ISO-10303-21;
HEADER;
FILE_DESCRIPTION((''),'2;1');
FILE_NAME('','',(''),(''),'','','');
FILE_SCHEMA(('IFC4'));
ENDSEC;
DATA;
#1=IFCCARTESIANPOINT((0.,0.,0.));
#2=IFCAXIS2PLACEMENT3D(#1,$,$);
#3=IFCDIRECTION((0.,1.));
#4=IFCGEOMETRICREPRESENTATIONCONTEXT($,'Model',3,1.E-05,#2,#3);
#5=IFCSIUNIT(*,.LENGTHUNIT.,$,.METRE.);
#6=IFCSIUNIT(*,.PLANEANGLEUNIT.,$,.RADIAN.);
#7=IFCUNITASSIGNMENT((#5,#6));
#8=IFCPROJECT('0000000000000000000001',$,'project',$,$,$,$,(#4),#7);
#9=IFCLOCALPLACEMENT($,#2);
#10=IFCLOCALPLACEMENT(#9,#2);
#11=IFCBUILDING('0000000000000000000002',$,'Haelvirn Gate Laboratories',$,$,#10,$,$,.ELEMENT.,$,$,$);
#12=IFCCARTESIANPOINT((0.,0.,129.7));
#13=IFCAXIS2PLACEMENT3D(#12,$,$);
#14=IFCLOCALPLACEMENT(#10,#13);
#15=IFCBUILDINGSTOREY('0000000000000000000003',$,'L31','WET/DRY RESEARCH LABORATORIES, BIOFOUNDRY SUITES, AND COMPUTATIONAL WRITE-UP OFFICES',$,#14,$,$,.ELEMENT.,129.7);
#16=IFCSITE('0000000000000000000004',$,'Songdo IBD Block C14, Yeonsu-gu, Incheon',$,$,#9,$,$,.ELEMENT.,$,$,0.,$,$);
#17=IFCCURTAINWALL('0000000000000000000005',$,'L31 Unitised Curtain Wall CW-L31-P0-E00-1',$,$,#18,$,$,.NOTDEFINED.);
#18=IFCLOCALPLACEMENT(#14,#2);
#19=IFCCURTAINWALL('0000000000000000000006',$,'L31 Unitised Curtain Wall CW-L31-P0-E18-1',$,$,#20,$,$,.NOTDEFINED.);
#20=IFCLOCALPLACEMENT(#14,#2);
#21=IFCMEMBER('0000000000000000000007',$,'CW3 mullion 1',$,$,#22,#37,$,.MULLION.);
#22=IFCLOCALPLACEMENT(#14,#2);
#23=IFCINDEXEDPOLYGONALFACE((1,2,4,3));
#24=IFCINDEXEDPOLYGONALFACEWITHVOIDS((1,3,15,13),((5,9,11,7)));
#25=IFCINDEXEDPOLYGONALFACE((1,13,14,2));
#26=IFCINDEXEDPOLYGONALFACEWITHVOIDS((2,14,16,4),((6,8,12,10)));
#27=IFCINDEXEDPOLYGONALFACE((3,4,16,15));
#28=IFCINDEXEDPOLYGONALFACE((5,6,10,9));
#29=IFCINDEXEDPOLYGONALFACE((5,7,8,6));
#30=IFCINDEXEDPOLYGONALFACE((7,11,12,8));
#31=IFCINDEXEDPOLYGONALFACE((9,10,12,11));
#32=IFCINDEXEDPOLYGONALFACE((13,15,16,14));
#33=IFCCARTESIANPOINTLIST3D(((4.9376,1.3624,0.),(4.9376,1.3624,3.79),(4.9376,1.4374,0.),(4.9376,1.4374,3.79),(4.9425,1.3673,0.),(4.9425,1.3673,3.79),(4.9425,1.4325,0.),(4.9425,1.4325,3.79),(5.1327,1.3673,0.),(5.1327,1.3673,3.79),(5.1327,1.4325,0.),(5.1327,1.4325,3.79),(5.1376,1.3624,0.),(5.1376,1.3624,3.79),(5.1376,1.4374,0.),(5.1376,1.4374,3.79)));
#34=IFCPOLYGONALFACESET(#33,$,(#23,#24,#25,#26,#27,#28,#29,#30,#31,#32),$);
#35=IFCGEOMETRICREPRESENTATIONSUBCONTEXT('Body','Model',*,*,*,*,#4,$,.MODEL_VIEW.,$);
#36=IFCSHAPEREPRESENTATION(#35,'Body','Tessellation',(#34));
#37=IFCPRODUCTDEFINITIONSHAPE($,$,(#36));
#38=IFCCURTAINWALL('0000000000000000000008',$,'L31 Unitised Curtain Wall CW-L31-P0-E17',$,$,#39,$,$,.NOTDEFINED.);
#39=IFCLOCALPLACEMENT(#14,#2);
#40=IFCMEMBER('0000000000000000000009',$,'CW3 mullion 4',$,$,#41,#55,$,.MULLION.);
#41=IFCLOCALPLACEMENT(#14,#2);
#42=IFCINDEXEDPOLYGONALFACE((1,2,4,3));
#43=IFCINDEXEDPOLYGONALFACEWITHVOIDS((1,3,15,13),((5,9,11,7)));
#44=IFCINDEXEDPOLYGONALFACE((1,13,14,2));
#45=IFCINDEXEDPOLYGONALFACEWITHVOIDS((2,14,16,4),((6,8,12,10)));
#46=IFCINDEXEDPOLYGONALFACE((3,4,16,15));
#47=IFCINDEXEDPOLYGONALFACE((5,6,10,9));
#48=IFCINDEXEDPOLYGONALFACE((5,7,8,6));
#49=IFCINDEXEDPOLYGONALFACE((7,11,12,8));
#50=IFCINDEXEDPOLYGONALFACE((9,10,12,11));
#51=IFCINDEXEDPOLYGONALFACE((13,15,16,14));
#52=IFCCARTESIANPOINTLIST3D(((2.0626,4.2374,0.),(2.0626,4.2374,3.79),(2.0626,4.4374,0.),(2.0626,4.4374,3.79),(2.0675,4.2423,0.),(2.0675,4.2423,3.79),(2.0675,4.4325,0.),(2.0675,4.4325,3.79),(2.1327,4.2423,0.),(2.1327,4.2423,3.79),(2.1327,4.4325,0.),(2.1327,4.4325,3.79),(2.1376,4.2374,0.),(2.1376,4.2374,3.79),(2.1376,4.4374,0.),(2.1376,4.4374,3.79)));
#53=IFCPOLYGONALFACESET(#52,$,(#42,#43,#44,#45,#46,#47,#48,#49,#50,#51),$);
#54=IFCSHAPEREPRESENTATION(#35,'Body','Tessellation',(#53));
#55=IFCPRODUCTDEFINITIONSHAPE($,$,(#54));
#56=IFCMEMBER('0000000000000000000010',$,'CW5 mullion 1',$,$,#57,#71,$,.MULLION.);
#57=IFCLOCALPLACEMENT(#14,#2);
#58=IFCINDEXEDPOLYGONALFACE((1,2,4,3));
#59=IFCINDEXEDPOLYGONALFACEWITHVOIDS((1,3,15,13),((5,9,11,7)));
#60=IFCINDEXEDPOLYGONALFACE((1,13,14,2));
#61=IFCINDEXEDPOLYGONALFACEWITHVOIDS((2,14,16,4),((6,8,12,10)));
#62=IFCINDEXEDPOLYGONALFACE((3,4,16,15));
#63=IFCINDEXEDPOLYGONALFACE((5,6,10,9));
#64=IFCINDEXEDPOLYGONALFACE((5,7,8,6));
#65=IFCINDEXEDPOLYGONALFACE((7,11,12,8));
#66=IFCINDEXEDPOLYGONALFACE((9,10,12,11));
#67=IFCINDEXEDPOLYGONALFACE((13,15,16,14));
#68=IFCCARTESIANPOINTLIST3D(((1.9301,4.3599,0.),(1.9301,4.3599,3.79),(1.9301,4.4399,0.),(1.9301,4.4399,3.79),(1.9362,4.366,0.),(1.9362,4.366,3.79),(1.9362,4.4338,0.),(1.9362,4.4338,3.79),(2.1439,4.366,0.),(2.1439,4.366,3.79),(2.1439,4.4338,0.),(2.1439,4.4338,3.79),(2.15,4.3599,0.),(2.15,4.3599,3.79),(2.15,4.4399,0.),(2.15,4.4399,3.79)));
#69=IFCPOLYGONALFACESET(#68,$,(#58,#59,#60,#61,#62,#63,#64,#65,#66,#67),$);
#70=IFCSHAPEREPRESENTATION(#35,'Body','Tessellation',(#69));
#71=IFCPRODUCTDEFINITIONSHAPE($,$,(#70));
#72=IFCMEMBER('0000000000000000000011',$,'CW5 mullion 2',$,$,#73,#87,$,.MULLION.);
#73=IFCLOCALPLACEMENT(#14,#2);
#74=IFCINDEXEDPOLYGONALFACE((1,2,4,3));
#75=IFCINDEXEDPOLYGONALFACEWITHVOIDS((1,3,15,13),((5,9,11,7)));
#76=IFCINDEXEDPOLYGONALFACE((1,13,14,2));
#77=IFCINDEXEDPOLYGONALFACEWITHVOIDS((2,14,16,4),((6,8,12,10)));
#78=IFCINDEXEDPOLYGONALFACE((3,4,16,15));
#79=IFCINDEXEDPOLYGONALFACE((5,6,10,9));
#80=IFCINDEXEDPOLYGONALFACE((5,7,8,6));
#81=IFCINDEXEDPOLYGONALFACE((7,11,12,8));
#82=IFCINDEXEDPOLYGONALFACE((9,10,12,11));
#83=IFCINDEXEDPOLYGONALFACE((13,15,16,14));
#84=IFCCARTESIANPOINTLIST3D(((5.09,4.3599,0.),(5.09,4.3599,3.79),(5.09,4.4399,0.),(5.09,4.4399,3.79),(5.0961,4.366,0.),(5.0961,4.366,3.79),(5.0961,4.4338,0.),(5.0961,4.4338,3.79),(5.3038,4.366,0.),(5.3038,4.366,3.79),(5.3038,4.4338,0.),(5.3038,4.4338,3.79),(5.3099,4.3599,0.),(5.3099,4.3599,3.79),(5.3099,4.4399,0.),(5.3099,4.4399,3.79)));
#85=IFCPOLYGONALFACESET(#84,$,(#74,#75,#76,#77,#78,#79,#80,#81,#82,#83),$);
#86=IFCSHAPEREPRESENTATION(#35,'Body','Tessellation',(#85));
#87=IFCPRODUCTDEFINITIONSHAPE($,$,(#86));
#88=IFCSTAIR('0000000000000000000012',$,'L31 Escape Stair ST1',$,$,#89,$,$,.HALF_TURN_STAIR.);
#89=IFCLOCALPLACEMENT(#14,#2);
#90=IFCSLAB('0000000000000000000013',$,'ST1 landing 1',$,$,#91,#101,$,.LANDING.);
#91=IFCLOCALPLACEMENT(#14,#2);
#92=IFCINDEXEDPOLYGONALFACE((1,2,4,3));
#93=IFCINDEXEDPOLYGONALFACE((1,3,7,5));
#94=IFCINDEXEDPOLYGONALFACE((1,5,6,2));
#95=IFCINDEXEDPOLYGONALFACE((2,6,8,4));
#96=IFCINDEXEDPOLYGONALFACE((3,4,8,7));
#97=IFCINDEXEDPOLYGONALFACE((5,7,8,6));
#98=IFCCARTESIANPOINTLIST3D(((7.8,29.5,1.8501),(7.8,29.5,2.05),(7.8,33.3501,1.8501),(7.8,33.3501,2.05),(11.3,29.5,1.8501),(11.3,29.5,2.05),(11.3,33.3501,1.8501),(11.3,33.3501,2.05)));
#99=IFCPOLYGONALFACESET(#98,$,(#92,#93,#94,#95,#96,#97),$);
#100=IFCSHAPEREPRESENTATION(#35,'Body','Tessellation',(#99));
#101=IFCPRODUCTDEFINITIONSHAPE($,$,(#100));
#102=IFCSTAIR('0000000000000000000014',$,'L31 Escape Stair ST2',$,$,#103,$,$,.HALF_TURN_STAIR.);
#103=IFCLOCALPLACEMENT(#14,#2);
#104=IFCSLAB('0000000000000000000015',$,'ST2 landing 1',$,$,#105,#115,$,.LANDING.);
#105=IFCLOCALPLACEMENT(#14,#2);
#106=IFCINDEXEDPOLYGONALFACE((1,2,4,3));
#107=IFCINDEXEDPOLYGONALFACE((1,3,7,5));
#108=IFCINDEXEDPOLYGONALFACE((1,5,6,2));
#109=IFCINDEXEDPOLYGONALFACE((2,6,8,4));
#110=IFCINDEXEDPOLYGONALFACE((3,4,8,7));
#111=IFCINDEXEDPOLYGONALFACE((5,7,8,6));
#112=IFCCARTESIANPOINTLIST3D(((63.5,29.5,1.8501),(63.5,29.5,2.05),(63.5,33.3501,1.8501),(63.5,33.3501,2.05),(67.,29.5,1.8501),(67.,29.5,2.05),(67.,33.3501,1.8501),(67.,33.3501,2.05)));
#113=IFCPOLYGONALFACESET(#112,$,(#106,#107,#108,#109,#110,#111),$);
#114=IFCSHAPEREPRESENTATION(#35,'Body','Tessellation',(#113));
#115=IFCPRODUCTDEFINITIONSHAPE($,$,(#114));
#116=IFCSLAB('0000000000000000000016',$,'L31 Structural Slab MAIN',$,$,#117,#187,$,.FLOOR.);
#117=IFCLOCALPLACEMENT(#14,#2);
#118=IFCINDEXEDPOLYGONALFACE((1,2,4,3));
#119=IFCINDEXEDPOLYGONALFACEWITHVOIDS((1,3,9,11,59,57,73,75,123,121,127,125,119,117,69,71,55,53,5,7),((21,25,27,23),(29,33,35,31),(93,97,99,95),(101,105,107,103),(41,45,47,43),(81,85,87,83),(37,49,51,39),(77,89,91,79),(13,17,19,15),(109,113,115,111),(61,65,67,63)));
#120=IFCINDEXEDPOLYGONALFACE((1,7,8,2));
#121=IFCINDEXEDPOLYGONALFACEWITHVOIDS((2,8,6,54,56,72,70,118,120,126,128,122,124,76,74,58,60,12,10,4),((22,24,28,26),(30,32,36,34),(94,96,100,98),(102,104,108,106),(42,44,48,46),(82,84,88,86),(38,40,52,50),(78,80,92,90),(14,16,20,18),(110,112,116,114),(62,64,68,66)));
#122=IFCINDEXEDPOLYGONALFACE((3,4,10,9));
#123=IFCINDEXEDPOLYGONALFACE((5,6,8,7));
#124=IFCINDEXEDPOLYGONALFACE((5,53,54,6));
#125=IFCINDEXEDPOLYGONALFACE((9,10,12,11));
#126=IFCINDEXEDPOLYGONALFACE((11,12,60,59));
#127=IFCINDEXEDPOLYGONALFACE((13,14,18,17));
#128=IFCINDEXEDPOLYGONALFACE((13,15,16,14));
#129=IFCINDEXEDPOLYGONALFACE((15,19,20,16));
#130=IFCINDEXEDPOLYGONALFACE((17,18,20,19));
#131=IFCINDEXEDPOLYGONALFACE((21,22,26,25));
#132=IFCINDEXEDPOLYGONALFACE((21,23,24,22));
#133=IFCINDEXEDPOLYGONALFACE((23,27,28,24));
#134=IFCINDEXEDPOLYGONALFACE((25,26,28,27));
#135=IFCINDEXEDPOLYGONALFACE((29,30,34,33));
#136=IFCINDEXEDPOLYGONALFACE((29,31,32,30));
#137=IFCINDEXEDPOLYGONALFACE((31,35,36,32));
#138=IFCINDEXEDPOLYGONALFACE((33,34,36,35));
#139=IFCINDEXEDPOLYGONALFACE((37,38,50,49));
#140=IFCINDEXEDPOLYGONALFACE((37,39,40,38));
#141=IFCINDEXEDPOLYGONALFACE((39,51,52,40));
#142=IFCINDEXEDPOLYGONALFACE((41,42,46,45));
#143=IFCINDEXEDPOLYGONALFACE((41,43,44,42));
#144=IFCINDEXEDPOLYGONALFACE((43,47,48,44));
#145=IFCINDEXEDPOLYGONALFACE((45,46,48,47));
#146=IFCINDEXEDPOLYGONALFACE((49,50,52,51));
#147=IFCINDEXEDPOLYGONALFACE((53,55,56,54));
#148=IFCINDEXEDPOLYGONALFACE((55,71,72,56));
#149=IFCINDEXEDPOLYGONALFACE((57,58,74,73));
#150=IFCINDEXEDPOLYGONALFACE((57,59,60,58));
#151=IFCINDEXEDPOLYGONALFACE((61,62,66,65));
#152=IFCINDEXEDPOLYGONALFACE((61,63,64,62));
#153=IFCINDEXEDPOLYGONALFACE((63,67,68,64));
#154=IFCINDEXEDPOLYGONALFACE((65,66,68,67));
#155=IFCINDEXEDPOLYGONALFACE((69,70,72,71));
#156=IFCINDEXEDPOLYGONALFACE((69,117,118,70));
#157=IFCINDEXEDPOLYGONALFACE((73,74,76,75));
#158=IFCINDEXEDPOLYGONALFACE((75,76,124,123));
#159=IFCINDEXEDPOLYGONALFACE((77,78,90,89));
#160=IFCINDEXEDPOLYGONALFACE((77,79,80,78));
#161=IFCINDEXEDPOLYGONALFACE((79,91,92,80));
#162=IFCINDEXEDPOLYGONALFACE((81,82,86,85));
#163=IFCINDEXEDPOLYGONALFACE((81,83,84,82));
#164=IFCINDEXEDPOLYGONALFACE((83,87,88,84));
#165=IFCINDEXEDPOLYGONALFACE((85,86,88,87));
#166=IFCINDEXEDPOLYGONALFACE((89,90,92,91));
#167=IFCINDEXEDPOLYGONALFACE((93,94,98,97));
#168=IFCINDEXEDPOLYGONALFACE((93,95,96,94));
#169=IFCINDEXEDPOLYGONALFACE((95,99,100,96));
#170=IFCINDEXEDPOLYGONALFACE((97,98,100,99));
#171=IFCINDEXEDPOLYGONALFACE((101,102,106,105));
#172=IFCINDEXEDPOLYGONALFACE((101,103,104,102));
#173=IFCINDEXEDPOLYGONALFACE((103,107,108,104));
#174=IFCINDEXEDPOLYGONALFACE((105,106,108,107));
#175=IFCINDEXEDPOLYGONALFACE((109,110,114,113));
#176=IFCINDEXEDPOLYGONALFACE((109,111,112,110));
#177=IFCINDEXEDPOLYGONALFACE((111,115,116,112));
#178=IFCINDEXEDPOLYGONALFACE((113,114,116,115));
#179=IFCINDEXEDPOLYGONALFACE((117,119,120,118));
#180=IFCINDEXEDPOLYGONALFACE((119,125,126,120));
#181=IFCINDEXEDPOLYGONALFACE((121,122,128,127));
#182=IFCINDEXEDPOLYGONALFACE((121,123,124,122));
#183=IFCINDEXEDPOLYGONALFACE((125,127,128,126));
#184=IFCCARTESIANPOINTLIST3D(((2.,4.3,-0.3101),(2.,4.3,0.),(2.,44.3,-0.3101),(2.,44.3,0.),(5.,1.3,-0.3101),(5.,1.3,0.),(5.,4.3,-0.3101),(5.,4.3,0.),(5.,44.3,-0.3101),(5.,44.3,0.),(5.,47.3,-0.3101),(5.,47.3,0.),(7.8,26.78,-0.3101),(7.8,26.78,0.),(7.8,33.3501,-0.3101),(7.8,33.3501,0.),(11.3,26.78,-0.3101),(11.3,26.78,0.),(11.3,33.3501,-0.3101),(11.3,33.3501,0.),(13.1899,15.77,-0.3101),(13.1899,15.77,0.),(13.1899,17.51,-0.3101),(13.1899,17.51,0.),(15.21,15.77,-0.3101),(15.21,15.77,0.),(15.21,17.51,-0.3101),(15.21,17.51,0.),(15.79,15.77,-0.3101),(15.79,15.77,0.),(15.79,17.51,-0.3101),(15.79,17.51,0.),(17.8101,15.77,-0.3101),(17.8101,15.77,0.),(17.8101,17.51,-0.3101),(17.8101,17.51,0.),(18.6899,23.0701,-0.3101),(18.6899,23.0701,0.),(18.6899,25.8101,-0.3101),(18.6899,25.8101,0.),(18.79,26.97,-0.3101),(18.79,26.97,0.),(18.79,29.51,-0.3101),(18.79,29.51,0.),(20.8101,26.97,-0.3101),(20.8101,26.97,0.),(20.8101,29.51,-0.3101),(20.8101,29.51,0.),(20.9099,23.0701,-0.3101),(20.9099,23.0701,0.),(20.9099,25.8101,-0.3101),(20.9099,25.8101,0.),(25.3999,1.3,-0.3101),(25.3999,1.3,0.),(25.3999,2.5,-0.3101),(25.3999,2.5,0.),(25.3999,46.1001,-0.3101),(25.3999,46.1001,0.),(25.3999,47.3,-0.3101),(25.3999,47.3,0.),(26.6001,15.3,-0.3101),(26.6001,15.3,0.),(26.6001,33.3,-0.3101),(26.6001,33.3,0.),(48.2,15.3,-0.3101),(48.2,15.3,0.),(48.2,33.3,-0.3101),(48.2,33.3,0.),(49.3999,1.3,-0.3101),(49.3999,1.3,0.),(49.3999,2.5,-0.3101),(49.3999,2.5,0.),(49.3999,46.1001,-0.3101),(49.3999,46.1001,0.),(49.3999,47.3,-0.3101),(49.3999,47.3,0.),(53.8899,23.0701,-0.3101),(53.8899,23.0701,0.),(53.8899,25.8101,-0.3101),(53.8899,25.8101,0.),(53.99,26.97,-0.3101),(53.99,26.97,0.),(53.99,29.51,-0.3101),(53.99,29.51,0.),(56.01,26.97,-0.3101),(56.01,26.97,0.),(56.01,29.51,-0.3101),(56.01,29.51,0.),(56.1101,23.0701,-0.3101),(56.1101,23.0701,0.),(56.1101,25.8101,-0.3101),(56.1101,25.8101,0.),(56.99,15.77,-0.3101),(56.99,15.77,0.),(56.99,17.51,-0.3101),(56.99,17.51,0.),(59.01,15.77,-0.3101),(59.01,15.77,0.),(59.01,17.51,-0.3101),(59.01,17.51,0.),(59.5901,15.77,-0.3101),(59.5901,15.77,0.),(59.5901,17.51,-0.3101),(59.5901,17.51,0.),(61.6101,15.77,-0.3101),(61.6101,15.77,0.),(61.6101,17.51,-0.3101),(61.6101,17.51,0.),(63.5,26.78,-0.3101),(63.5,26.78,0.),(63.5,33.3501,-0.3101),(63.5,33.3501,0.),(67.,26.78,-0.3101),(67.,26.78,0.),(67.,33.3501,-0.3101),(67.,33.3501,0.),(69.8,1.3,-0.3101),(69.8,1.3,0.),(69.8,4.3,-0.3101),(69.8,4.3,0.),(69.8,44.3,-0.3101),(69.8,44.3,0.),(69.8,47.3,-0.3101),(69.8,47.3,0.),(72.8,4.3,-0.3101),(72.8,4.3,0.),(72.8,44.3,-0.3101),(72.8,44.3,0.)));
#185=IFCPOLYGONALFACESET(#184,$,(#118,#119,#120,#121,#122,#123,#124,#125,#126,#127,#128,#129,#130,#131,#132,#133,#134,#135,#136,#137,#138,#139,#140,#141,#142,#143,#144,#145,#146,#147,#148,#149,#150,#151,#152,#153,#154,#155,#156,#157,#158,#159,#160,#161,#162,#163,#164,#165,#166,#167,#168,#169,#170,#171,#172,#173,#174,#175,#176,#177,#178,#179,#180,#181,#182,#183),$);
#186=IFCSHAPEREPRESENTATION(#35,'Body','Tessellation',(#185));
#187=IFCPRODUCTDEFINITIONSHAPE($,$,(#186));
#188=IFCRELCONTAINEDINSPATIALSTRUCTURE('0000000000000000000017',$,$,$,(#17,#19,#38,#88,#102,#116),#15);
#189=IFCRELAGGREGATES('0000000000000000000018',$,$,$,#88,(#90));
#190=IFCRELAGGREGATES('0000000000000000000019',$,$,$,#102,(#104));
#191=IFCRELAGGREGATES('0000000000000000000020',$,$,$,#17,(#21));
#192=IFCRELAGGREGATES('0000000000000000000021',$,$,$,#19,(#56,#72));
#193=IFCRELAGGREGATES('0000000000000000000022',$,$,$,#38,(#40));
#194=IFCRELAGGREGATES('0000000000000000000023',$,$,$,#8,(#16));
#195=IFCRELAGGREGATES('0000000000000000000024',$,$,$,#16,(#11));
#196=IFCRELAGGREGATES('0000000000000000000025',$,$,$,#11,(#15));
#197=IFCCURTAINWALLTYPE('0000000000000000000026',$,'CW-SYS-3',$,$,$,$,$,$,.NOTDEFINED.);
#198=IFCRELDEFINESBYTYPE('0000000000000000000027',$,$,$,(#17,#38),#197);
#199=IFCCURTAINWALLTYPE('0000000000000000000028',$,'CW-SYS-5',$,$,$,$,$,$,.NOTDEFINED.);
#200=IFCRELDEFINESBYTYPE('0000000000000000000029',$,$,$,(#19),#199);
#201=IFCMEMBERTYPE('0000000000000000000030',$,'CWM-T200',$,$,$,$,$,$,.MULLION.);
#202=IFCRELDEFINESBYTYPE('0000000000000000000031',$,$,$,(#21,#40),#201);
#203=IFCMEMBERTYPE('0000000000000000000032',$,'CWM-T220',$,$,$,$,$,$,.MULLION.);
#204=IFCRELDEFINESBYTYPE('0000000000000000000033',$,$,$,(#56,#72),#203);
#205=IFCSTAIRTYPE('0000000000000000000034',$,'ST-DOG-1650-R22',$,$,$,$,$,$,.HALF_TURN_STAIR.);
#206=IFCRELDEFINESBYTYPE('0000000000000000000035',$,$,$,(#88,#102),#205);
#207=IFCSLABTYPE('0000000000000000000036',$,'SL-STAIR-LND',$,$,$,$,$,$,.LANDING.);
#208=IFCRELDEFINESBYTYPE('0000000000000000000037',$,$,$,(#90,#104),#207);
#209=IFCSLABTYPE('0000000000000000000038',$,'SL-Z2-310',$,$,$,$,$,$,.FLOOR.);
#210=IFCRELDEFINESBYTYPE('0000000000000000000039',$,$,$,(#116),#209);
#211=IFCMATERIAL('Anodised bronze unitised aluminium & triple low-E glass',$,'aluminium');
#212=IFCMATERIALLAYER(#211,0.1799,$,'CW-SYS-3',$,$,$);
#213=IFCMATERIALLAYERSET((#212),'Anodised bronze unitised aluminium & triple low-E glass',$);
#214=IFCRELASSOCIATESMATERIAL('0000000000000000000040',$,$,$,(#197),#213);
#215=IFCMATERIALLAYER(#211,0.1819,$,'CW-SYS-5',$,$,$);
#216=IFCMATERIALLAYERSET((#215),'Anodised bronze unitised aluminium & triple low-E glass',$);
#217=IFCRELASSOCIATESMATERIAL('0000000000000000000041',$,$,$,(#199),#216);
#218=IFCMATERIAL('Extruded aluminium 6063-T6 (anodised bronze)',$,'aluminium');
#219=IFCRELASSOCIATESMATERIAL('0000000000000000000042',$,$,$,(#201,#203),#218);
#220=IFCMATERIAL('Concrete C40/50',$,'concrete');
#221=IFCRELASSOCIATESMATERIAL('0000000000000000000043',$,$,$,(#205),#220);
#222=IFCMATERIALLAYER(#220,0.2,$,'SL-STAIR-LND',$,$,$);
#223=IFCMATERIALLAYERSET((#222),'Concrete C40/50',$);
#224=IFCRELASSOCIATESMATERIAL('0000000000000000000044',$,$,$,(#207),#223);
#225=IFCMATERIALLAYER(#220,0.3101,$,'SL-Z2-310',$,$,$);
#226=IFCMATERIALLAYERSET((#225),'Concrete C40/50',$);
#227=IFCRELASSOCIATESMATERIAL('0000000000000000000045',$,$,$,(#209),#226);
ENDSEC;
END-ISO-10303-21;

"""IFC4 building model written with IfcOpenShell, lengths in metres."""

from ifc_helpers import new_model, si_unit, direction, frame, origin, origin_2d, place, context, subcontext, project, spatial, polyline, hollow_rectangle, outline, extrude, source, transform, mapped, material, layer, layer_set, material_profile, profile_set, type_object, type_shapes, element, aggregate, save


model = new_model("IFC4")

# Units and contexts
model_context = context("Model", 3, precision=1e-05, world=origin(), true_north=direction((0.0, 1.0)))
body_context = subcontext(model_context, "Body", "Model", "MODEL_VIEW")
ifc_project = project(units=[si_unit("LENGTHUNIT", "METRE"), si_unit("PLANEANGLEUNIT", "RADIAN")], contexts=[model_context])

# Site, building, storey
site_placement = place(None, origin())
site = spatial("IfcSite", under=ifc_project, at=site_placement, Name="Songdo IBD Block C14, Yeonsu-gu, Incheon", CompositionType="ELEMENT", RefElevation=0.0)
building_placement = place(site_placement, origin())
building = spatial("IfcBuilding", under=site, at=building_placement, Name="Haelvirn Gate Laboratories", CompositionType="ELEMENT")
storey_placement = place(building_placement, frame((0.0, 0.0, 129.7)))
storey = spatial("IfcBuildingStorey", under=building, at=storey_placement, Name="L31", Description="WET/DRY RESEARCH LABORATORIES, BIOFOUNDRY SUITES, AND COMPUTATIONAL WRITE-UP OFFICES", CompositionType="ELEMENT", Elevation=129.7)

# Curtain walls
ifc_material_1 = material(Name="Anodised bronze unitised aluminium & triple low-E glass", Category="aluminium")
ifc_layer_1 = layer(ifc_material_1, 0.1799, Name="CW-SYS-3")
ifc_layer_set_1 = layer_set([ifc_layer_1], Name="Anodised bronze unitised aluminium & triple low-E glass")
curtain_wall_type_1 = type_object("IfcCurtainWallType", Name="CW-SYS-3", PredefinedType="NOTDEFINED", material=ifc_layer_set_1)
curtain_wall_1_placement = place(storey_placement, origin())
curtain_wall_1 = element("IfcCurtainWall", 1, at=curtain_wall_1_placement, inside=storey, type_object=curtain_wall_type_1, Name="L31 Unitised Curtain Wall CW-L31-P0-E00-1", PredefinedType="NOTDEFINED")
ifc_material_2 = material(Name="Extruded aluminium 6063-T6 (anodised bronze)", Category="aluminium")
ifc_layer_2 = layer(ifc_material_1, 0.1819, Name="CW-SYS-5")
ifc_layer_set_2 = layer_set([ifc_layer_2], Name="Anodised bronze unitised aluminium & triple low-E glass")
curtain_wall_type_2 = type_object("IfcCurtainWallType", Name="CW-SYS-5", PredefinedType="NOTDEFINED", material=ifc_layer_set_2)
curtain_wall_2_placement = place(storey_placement, origin())
curtain_wall_2 = element("IfcCurtainWall", 2, at=curtain_wall_2_placement, inside=storey, type_object=curtain_wall_type_2, Name="L31 Unitised Curtain Wall CW-L31-P0-E18-1", PredefinedType="NOTDEFINED")

# Member
ifc_material_profile_1 = material_profile(ifc_material_2, hollow_rectangle(XDim=0.075, YDim=0.2, WallThickness=0.0049, at=origin_2d()), Name="CWM-200x75x5")
ifc_profile_set_1 = profile_set([ifc_material_profile_1], Name="Extruded aluminium 6063-T6 (anodised bronze)")
member_type_1 = type_object("IfcMemberType", Name="CWM-T200", PredefinedType="MULLION", material=ifc_profile_set_1)
shared_shape_1 = source(origin(), body_context, "Body", "SweptSolid", [
    extrude(hollow_rectangle(XDim=0.075, YDim=0.2, WallThickness=0.0049, at=origin_2d()), origin(), (0.0, 0.0, 1.0), 3.79),
])
type_shapes(member_type_1, [shared_shape_1])
member_1_placement = place(storey_placement, frame((5.0376, 1.3999, 0.0), z_axis=(0.0, 0.0, 1.0), x_axis=(0.0, 1.0, 0.0)))
member_1 = element("IfcMember", 3, at=member_1_placement, type_object=member_type_1, Name="CW3 mullion 1", PredefinedType="MULLION", context=body_context, shape_type="MappedRepresentation", body=[
    mapped(shared_shape_1, transform((0.0, 0.0, 0.0), scale=1.0)),
])

# Curtain wall, member
curtain_wall_3_placement = place(storey_placement, origin())
curtain_wall_3 = element("IfcCurtainWall", 4, at=curtain_wall_3_placement, inside=storey, type_object=curtain_wall_type_1, Name="L31 Unitised Curtain Wall CW-L31-P0-E17", PredefinedType="NOTDEFINED")
member_2_placement = place(storey_placement, frame((2.1001, 4.3374, 0.0), z_axis=(0.0, 0.0, 1.0), x_axis=(1.0, 0.0, 0.0)))
member_2 = element("IfcMember", 5, at=member_2_placement, type_object=member_type_1, Name="CW3 mullion 4", PredefinedType="MULLION", context=body_context, shape_type="MappedRepresentation", body=[
    mapped(shared_shape_1, transform((0.0, 0.0, 0.0), scale=1.0)),
])

# Members
ifc_material_profile_2 = material_profile(ifc_material_2, hollow_rectangle(XDim=0.0801, YDim=0.22, WallThickness=0.0061, at=origin_2d()), Name="CWM-220x80x6")
ifc_profile_set_2 = profile_set([ifc_material_profile_2], Name="Extruded aluminium 6063-T6 (anodised bronze)")
member_type_2 = type_object("IfcMemberType", Name="CWM-T220", PredefinedType="MULLION", material=ifc_profile_set_2)
shared_shape_2 = source(origin(), body_context, "Body", "SweptSolid", [
    extrude(hollow_rectangle(XDim=0.0801, YDim=0.22, WallThickness=0.0061, at=origin_2d()), origin(), (0.0, 0.0, 1.0), 3.79),
])
type_shapes(member_type_2, [shared_shape_2])
member_3_placement = place(storey_placement, frame((2.04, 4.3999, 0.0), z_axis=(0.0, 0.0, 1.0), x_axis=(0.0, 1.0, 0.0)))
member_3 = element("IfcMember", 6, at=member_3_placement, type_object=member_type_2, Name="CW5 mullion 1", PredefinedType="MULLION", context=body_context, shape_type="MappedRepresentation", body=[
    mapped(shared_shape_2, transform((0.0, 0.0, 0.0), scale=1.0)),
])
member_4_placement = place(storey_placement, frame((5.2, 4.3999, 0.0), z_axis=(0.0, 0.0, 1.0), x_axis=(0.0, 1.0, 0.0)))
member_4 = element("IfcMember", 7, at=member_4_placement, type_object=member_type_2, Name="CW5 mullion 2", PredefinedType="MULLION", context=body_context, shape_type="MappedRepresentation", body=[
    mapped(shared_shape_2, transform((0.0, 0.0, 0.0), scale=1.0)),
])

# Stairs, slabs
ifc_material_3 = material(Name="Concrete C40/50", Category="concrete")
stair_type = type_object("IfcStairType", Name="ST-DOG-1650-R22", PredefinedType="HALF_TURN_STAIR", material=ifc_material_3)
stair_1_placement = place(storey_placement, origin())
stair_1 = element("IfcStair", 8, at=stair_1_placement, inside=storey, type_object=stair_type, Name="L31 Escape Stair ST1", PredefinedType="HALF_TURN_STAIR")
ifc_layer_3 = layer(ifc_material_3, 0.2, Name="SL-STAIR-LND")
ifc_layer_set_3 = layer_set([ifc_layer_3], Name="Concrete C40/50")
slab_type_1 = type_object("IfcSlabType", Name="SL-STAIR-LND", PredefinedType="LANDING", material=ifc_layer_set_3)
slab_1_placement = place(storey_placement, frame((0.0, 0.0, 1.8501)))
slab_1 = element("IfcSlab", 9, at=slab_1_placement, type_object=slab_type_1, Name="ST1 landing 1", PredefinedType="LANDING", context=body_context, shape_type="SweptSolid", body=[
    extrude(outline(polyline([(11.3, 29.5), (11.3, 33.3501), (7.8, 33.3501), (7.8, 29.5), (11.3, 29.5)])), origin(), (0.0, 0.0, 1.0), 0.2),
])
aggregate(stair_1, [slab_1])
stair_2_placement = place(storey_placement, origin())
stair_2 = element("IfcStair", 10, at=stair_2_placement, inside=storey, type_object=stair_type, Name="L31 Escape Stair ST2", PredefinedType="HALF_TURN_STAIR")
slab_2_placement = place(storey_placement, frame((0.0, 0.0, 1.8501)))
slab_2 = element("IfcSlab", 11, at=slab_2_placement, type_object=slab_type_1, Name="ST2 landing 1", PredefinedType="LANDING", context=body_context, shape_type="SweptSolid", body=[
    extrude(outline(polyline([(67.0, 29.5), (67.0, 33.3501), (63.5, 33.3501), (63.5, 29.5), (67.0, 29.5)])), origin(), (0.0, 0.0, 1.0), 0.2),
])
aggregate(stair_2, [slab_2])

# Slab
ifc_layer_4 = layer(ifc_material_3, 0.3101, Name="SL-Z2-310")
ifc_layer_set_4 = layer_set([ifc_layer_4], Name="Concrete C40/50")
slab_type_2 = type_object("IfcSlabType", Name="SL-Z2-310", PredefinedType="FLOOR", material=ifc_layer_set_4)
slab_3_placement = place(storey_placement, frame((0.0, 0.0, -0.3101)))
element("IfcSlab", 12, at=slab_3_placement, inside=storey, type_object=slab_type_2, Name="L31 Structural Slab MAIN", PredefinedType="FLOOR", context=body_context, shape_type="SweptSolid", body=[
    extrude(outline(polyline([(5.0, 1.3), (25.3999, 1.3), (25.3999, 2.5), (49.3999, 2.5), (49.3999, 1.3), (69.8, 1.3), (69.8, 4.3), (72.8, 4.3), (72.8, 44.3), (69.8, 44.3), (69.8, 47.3), (49.3999, 47.3), (49.3999, 46.1001), (25.3999, 46.1001), (25.3999, 47.3), (5.0, 47.3), (5.0, 44.3), (2.0, 44.3), (2.0, 4.3), (5.0, 4.3), (5.0, 1.3)]), holes=[polyline([(26.6001, 15.3), (48.2, 15.3), (48.2, 33.3), (26.6001, 33.3), (26.6001, 15.3)]), polyline([(11.3, 26.78), (11.3, 33.3501), (7.8, 33.3501), (7.8, 26.78), (11.3, 26.78)]), polyline([(67.0, 26.78), (67.0, 33.3501), (63.5, 33.3501), (63.5, 26.78), (67.0, 26.78)]), polyline([(13.1899, 15.77), (15.21, 15.77), (15.21, 17.51), (13.1899, 17.51), (13.1899, 15.77)]), polyline([(15.79, 15.77), (17.8101, 15.77), (17.8101, 17.51), (15.79, 17.51), (15.79, 15.77)]), polyline([(18.79, 26.97), (20.8101, 26.97), (20.8101, 29.51), (18.79, 29.51), (18.79, 26.97)]), polyline([(18.6899, 23.0701), (20.9099, 23.0701), (20.9099, 25.8101), (18.6899, 25.8101), (18.6899, 23.0701)]), polyline([(59.5901, 15.77), (61.6101, 15.77), (61.6101, 17.51), (59.5901, 17.51), (59.5901, 15.77)]), polyline([(56.99, 15.77), (59.01, 15.77), (59.01, 17.51), (56.99, 17.51), (56.99, 15.77)]), polyline([(53.99, 26.97), (56.01, 26.97), (56.01, 29.51), (53.99, 29.51), (53.99, 26.97)]), polyline([(53.8899, 23.0701), (56.1101, 23.0701), (56.1101, 25.8101), (53.8899, 25.8101), (53.8899, 23.0701)])]), origin(), (0.0, 0.0, 1.0), 0.3101),
])

aggregate(curtain_wall_1, [member_1])
aggregate(curtain_wall_2, [member_3, member_4])
aggregate(curtain_wall_3, [member_2])

save(model, "model.ifc")
